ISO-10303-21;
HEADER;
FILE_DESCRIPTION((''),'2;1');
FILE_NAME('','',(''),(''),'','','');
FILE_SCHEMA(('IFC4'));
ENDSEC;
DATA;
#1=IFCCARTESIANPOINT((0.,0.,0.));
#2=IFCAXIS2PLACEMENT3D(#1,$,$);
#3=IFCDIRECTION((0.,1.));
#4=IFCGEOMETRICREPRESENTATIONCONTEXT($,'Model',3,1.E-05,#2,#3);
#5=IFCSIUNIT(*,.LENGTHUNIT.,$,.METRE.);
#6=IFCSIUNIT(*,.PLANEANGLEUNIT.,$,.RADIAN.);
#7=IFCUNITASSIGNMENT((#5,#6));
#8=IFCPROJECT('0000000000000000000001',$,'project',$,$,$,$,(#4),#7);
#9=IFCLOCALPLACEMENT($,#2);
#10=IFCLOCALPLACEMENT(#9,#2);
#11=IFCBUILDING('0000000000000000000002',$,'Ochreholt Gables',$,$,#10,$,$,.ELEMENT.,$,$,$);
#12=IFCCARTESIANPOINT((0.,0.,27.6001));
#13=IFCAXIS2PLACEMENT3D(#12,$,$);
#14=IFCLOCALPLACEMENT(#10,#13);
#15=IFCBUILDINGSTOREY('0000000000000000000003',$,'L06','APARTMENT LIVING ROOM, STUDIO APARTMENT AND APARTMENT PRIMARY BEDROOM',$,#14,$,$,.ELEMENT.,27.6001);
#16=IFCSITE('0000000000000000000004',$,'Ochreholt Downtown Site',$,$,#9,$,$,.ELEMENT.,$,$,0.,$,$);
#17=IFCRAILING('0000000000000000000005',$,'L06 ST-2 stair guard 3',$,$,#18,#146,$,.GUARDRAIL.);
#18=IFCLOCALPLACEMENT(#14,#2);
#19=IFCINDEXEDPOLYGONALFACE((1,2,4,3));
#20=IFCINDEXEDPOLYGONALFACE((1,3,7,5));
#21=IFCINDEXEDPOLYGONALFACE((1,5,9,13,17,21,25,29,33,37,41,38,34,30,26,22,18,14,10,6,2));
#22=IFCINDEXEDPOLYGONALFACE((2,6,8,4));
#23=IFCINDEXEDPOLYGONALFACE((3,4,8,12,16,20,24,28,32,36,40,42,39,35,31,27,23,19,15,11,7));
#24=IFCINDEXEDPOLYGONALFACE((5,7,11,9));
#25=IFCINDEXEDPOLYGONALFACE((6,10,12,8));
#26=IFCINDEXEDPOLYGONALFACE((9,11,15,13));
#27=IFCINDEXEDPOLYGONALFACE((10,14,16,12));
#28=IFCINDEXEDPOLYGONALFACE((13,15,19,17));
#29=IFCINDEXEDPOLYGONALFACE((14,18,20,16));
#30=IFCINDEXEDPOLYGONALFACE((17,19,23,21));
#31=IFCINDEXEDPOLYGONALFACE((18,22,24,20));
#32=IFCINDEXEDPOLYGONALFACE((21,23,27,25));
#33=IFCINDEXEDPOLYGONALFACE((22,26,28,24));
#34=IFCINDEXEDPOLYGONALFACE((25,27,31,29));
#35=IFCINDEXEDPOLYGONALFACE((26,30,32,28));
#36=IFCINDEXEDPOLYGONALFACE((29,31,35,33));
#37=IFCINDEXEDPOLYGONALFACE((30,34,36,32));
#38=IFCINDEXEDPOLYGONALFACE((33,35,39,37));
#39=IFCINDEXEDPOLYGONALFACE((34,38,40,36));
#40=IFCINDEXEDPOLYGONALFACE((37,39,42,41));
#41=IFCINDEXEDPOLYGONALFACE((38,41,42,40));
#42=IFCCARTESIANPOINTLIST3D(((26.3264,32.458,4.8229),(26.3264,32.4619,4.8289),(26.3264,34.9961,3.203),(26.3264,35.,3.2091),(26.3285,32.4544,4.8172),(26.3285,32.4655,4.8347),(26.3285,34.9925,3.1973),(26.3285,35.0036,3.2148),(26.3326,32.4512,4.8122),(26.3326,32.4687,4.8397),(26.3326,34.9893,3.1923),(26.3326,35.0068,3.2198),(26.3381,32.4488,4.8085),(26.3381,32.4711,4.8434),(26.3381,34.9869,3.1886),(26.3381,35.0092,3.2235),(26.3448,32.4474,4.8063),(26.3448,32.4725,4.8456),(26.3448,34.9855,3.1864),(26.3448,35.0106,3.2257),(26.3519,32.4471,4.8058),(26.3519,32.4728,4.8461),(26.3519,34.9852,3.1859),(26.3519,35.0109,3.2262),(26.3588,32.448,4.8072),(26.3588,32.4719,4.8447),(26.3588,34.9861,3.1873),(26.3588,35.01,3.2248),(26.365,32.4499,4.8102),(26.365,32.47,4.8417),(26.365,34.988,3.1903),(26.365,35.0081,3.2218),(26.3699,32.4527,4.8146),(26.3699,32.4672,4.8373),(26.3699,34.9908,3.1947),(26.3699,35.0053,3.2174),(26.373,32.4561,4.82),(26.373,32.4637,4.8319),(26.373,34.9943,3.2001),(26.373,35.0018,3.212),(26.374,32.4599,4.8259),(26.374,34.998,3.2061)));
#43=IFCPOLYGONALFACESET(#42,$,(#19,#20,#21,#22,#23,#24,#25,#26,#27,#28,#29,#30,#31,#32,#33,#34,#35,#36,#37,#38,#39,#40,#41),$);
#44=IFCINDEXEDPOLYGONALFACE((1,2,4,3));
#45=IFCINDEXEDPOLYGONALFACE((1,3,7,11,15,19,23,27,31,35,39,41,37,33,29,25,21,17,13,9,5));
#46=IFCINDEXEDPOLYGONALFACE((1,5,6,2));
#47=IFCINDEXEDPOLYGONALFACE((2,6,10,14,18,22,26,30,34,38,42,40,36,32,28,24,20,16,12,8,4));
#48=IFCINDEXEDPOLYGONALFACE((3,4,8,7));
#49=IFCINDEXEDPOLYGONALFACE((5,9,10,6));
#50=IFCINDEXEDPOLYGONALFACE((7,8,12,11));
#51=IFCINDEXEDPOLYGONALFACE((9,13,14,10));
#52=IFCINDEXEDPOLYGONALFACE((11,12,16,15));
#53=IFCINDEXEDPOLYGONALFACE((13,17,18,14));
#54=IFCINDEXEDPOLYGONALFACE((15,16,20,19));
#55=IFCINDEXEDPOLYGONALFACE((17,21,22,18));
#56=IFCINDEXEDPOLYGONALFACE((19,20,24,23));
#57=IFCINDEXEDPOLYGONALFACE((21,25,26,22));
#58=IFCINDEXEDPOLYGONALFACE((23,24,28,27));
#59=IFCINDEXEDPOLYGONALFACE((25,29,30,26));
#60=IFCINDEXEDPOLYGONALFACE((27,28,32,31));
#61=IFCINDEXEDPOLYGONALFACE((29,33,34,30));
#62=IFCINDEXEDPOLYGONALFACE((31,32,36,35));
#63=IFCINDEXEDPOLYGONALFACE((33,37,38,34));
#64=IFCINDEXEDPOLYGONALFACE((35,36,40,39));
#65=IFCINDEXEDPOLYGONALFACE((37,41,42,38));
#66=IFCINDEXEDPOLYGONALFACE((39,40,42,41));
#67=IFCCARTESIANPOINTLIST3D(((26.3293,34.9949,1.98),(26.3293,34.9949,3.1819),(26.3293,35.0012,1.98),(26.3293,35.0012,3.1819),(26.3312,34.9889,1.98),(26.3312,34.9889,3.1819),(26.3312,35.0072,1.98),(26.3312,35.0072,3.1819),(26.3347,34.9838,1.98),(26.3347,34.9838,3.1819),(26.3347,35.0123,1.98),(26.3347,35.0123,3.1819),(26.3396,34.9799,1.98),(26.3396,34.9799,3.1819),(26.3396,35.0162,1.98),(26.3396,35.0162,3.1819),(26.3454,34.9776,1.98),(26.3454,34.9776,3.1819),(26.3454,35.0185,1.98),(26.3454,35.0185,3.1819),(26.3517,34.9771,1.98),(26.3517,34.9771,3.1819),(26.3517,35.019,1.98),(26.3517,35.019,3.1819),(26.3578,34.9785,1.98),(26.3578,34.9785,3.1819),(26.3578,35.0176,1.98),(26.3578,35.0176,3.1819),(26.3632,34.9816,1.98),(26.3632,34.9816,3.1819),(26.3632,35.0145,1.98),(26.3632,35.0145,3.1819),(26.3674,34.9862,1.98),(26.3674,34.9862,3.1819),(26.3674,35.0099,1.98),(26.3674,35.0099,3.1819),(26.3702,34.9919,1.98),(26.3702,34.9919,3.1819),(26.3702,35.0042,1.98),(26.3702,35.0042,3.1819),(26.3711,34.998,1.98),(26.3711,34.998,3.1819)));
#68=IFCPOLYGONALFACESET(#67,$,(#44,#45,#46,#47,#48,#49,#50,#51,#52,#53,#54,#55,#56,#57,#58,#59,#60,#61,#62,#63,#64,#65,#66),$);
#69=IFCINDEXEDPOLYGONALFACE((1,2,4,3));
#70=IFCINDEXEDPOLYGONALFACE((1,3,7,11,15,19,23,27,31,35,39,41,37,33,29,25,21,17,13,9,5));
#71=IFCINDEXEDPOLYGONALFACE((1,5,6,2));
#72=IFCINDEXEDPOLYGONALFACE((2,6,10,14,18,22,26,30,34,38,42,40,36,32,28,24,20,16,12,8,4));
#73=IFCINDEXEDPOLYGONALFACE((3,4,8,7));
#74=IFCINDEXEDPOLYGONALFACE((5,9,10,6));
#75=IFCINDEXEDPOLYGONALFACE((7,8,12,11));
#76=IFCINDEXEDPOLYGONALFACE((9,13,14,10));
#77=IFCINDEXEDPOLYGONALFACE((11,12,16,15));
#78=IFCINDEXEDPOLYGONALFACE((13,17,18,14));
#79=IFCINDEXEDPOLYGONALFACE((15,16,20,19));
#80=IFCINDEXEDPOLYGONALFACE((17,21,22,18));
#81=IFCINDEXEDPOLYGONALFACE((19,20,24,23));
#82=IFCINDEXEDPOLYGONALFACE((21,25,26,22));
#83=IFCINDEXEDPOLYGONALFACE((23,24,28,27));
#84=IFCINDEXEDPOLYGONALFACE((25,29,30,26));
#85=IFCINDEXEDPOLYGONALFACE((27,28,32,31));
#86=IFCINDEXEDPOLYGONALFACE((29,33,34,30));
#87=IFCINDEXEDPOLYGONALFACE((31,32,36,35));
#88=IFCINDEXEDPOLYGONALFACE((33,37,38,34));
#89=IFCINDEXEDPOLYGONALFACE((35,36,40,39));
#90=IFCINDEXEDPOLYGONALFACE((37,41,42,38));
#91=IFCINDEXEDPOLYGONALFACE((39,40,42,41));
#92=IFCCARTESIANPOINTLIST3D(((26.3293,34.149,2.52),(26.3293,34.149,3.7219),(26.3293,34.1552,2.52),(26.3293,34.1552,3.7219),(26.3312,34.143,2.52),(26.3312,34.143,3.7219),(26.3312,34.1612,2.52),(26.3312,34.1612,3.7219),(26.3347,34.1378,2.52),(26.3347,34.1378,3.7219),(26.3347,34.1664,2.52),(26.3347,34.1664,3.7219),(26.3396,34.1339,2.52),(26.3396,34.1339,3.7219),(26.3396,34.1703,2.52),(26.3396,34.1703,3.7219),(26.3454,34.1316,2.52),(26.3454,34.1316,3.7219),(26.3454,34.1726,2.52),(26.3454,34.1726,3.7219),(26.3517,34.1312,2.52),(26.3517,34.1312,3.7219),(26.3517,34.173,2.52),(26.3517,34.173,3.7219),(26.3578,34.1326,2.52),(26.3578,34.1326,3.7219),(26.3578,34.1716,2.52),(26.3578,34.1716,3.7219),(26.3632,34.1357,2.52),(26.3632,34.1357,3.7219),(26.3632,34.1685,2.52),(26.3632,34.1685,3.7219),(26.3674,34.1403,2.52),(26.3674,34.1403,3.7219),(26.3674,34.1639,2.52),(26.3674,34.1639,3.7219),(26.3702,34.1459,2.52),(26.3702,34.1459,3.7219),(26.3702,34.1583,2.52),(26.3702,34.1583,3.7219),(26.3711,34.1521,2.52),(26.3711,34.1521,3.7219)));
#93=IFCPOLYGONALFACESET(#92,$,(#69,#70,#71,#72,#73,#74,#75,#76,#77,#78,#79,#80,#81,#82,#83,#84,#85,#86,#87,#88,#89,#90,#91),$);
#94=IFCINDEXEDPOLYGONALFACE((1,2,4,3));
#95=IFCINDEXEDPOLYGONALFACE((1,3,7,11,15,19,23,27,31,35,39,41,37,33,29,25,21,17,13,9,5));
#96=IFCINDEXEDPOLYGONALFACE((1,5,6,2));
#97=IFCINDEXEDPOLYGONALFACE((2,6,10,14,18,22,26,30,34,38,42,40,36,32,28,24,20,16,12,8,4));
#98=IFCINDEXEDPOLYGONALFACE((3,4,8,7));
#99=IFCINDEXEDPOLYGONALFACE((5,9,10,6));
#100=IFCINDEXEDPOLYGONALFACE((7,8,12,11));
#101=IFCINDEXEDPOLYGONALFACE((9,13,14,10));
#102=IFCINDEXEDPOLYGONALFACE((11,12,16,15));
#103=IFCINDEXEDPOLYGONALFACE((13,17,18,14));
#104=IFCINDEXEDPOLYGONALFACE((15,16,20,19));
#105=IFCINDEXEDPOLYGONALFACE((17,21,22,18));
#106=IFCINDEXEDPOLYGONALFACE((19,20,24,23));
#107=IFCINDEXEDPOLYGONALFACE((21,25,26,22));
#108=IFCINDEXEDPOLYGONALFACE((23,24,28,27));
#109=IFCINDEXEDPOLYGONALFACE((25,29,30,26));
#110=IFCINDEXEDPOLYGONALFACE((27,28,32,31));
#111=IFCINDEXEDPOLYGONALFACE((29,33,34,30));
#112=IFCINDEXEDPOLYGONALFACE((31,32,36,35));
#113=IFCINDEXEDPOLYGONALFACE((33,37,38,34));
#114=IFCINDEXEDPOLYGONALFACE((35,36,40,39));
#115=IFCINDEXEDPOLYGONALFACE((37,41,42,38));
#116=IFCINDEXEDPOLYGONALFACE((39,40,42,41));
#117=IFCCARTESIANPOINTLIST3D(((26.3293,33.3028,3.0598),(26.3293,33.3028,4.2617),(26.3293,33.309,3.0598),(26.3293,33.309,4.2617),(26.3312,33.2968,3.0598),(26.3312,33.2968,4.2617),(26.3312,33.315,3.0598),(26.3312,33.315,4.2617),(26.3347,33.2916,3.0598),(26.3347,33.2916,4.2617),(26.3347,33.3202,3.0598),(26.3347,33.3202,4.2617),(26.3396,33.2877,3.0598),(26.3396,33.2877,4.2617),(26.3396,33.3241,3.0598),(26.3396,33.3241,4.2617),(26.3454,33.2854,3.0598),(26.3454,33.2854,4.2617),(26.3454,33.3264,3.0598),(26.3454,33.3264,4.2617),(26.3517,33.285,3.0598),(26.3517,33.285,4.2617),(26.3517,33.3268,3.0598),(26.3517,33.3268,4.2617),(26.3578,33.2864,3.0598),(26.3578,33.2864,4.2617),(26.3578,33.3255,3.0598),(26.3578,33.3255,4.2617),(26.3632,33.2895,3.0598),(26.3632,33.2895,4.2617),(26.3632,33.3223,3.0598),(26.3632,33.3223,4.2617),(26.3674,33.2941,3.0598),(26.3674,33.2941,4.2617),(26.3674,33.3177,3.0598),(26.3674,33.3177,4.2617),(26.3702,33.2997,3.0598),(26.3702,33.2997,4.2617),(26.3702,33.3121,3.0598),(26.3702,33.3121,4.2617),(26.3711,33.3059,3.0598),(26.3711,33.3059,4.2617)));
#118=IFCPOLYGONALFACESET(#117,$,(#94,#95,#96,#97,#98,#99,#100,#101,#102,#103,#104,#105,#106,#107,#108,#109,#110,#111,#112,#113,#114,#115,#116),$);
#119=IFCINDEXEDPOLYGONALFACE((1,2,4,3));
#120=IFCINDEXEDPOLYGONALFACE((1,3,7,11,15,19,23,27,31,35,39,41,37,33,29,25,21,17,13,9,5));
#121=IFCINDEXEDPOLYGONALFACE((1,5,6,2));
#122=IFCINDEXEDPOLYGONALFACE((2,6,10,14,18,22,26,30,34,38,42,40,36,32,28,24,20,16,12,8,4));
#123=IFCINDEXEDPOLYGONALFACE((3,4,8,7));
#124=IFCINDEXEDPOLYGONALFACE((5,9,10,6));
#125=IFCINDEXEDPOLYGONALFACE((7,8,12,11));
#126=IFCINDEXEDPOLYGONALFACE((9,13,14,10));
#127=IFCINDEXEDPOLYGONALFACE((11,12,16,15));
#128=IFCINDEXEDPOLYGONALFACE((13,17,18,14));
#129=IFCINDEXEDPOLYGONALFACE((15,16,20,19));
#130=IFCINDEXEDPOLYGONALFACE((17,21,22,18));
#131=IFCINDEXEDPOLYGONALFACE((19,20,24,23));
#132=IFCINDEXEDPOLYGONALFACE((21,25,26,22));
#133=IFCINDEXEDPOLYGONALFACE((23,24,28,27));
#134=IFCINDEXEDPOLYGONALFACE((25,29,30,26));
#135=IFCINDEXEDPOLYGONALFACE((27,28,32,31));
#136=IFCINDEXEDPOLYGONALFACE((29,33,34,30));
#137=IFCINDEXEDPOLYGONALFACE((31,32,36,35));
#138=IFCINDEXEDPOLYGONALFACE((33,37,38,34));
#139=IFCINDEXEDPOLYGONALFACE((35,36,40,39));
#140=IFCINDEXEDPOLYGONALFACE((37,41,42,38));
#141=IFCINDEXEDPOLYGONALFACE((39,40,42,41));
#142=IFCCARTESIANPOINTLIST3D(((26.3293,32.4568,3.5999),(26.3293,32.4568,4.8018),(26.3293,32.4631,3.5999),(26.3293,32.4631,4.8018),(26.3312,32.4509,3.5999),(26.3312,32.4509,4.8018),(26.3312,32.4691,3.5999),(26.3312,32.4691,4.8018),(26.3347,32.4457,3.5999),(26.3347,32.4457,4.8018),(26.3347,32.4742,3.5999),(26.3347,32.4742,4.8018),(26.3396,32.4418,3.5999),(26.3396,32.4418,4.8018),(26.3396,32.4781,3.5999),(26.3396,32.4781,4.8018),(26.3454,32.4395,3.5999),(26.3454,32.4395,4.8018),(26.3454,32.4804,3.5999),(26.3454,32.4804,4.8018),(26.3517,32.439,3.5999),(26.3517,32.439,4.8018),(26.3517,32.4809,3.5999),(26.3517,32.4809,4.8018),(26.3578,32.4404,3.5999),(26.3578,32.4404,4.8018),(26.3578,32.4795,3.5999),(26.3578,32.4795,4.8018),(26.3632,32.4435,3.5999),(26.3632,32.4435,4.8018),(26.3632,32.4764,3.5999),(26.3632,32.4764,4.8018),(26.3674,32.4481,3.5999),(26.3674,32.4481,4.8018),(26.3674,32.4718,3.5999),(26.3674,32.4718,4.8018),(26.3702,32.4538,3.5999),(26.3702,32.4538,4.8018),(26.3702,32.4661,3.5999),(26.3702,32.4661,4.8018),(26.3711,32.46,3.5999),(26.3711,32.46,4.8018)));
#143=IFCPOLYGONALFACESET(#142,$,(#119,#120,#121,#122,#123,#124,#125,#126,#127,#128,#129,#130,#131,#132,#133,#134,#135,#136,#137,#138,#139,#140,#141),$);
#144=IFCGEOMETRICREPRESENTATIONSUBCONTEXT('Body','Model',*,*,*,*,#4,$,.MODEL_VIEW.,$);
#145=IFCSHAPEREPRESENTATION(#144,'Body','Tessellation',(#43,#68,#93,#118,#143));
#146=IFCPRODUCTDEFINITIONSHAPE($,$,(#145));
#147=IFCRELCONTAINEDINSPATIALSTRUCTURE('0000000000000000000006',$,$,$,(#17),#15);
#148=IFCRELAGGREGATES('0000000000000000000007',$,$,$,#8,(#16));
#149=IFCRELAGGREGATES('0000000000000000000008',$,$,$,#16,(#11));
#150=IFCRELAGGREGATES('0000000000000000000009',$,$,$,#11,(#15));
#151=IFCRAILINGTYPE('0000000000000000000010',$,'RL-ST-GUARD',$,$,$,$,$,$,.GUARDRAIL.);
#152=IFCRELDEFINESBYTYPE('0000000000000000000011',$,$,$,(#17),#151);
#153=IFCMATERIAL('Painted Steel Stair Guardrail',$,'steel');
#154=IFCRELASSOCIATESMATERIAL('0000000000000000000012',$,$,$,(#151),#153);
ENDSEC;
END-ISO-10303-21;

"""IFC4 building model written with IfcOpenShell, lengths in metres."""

from ifc_helpers import new_model, si_unit, direction, frame, origin, origin_2d, place, context, subcontext, project, spatial, circle, extrude, material, type_object, element, save


model = new_model("IFC4")

# Units and contexts
model_context = context("Model", 3, precision=1e-05, world=origin(), true_north=direction((0.0, 1.0)))
body_context = subcontext(model_context, "Body", "Model", "MODEL_VIEW")
ifc_project = project(units=[si_unit("LENGTHUNIT", "METRE"), si_unit("PLANEANGLEUNIT", "RADIAN")], contexts=[model_context])

# Site, building, storey
site_placement = place(None, origin())
site = spatial("IfcSite", under=ifc_project, at=site_placement, Name="Ochreholt Downtown Site", CompositionType="ELEMENT", RefElevation=0.0)
building_placement = place(site_placement, origin())
building = spatial("IfcBuilding", under=site, at=building_placement, Name="Ochreholt Gables", CompositionType="ELEMENT")
storey_placement = place(building_placement, frame((0.0, 0.0, 27.6001)))
storey = spatial("IfcBuildingStorey", under=building, at=storey_placement, Name="L06", Description="APARTMENT LIVING ROOM, STUDIO APARTMENT AND APARTMENT PRIMARY BEDROOM", CompositionType="ELEMENT", Elevation=27.6001)

# Railing
ifc_material_1 = material(Name="Painted Steel Stair Guardrail", Category="steel")
railing_type_1 = type_object("IfcRailingType", Name="RL-ST-GUARD", PredefinedType="GUARDRAIL", material=ifc_material_1)
railing_1_placement = place(storey_placement, frame((26.3501, 34.998, 1.98)))
element("IfcRailing", 1, at=railing_1_placement, inside=storey, type_object=railing_type_1, Name="L06 ST-2 stair guard 3", PredefinedType="GUARDRAIL", context=body_context, shape_type="SweptSolid", body=[
    extrude(circle(Radius=0.0239, at=origin_2d()), frame((0.0, 0.0, 1.2261), z_axis=(0.0, -0.84295, 0.537993), x_axis=(1.0, 0.0, 0.0)), (0.0, 0.0, 1.0), 3.011),
    extrude(circle(Radius=0.021, at=origin_2d()), origin(), (0.0, 0.0, 1.0), 1.2019),
    extrude(circle(Radius=0.021, at=origin_2d()), frame((0.0, -0.8459, 0.54)), (0.0, 0.0, 1.0), 1.2019),
    extrude(circle(Radius=0.021, at=origin_2d()), frame((0.0, -1.6921, 1.0798)), (0.0, 0.0, 1.0), 1.2019),
    extrude(circle(Radius=0.021, at=origin_2d()), frame((0.0, -2.5381, 1.6199)), (0.0, 0.0, 1.0), 1.2019),
])

save(model, "model.ifc")
